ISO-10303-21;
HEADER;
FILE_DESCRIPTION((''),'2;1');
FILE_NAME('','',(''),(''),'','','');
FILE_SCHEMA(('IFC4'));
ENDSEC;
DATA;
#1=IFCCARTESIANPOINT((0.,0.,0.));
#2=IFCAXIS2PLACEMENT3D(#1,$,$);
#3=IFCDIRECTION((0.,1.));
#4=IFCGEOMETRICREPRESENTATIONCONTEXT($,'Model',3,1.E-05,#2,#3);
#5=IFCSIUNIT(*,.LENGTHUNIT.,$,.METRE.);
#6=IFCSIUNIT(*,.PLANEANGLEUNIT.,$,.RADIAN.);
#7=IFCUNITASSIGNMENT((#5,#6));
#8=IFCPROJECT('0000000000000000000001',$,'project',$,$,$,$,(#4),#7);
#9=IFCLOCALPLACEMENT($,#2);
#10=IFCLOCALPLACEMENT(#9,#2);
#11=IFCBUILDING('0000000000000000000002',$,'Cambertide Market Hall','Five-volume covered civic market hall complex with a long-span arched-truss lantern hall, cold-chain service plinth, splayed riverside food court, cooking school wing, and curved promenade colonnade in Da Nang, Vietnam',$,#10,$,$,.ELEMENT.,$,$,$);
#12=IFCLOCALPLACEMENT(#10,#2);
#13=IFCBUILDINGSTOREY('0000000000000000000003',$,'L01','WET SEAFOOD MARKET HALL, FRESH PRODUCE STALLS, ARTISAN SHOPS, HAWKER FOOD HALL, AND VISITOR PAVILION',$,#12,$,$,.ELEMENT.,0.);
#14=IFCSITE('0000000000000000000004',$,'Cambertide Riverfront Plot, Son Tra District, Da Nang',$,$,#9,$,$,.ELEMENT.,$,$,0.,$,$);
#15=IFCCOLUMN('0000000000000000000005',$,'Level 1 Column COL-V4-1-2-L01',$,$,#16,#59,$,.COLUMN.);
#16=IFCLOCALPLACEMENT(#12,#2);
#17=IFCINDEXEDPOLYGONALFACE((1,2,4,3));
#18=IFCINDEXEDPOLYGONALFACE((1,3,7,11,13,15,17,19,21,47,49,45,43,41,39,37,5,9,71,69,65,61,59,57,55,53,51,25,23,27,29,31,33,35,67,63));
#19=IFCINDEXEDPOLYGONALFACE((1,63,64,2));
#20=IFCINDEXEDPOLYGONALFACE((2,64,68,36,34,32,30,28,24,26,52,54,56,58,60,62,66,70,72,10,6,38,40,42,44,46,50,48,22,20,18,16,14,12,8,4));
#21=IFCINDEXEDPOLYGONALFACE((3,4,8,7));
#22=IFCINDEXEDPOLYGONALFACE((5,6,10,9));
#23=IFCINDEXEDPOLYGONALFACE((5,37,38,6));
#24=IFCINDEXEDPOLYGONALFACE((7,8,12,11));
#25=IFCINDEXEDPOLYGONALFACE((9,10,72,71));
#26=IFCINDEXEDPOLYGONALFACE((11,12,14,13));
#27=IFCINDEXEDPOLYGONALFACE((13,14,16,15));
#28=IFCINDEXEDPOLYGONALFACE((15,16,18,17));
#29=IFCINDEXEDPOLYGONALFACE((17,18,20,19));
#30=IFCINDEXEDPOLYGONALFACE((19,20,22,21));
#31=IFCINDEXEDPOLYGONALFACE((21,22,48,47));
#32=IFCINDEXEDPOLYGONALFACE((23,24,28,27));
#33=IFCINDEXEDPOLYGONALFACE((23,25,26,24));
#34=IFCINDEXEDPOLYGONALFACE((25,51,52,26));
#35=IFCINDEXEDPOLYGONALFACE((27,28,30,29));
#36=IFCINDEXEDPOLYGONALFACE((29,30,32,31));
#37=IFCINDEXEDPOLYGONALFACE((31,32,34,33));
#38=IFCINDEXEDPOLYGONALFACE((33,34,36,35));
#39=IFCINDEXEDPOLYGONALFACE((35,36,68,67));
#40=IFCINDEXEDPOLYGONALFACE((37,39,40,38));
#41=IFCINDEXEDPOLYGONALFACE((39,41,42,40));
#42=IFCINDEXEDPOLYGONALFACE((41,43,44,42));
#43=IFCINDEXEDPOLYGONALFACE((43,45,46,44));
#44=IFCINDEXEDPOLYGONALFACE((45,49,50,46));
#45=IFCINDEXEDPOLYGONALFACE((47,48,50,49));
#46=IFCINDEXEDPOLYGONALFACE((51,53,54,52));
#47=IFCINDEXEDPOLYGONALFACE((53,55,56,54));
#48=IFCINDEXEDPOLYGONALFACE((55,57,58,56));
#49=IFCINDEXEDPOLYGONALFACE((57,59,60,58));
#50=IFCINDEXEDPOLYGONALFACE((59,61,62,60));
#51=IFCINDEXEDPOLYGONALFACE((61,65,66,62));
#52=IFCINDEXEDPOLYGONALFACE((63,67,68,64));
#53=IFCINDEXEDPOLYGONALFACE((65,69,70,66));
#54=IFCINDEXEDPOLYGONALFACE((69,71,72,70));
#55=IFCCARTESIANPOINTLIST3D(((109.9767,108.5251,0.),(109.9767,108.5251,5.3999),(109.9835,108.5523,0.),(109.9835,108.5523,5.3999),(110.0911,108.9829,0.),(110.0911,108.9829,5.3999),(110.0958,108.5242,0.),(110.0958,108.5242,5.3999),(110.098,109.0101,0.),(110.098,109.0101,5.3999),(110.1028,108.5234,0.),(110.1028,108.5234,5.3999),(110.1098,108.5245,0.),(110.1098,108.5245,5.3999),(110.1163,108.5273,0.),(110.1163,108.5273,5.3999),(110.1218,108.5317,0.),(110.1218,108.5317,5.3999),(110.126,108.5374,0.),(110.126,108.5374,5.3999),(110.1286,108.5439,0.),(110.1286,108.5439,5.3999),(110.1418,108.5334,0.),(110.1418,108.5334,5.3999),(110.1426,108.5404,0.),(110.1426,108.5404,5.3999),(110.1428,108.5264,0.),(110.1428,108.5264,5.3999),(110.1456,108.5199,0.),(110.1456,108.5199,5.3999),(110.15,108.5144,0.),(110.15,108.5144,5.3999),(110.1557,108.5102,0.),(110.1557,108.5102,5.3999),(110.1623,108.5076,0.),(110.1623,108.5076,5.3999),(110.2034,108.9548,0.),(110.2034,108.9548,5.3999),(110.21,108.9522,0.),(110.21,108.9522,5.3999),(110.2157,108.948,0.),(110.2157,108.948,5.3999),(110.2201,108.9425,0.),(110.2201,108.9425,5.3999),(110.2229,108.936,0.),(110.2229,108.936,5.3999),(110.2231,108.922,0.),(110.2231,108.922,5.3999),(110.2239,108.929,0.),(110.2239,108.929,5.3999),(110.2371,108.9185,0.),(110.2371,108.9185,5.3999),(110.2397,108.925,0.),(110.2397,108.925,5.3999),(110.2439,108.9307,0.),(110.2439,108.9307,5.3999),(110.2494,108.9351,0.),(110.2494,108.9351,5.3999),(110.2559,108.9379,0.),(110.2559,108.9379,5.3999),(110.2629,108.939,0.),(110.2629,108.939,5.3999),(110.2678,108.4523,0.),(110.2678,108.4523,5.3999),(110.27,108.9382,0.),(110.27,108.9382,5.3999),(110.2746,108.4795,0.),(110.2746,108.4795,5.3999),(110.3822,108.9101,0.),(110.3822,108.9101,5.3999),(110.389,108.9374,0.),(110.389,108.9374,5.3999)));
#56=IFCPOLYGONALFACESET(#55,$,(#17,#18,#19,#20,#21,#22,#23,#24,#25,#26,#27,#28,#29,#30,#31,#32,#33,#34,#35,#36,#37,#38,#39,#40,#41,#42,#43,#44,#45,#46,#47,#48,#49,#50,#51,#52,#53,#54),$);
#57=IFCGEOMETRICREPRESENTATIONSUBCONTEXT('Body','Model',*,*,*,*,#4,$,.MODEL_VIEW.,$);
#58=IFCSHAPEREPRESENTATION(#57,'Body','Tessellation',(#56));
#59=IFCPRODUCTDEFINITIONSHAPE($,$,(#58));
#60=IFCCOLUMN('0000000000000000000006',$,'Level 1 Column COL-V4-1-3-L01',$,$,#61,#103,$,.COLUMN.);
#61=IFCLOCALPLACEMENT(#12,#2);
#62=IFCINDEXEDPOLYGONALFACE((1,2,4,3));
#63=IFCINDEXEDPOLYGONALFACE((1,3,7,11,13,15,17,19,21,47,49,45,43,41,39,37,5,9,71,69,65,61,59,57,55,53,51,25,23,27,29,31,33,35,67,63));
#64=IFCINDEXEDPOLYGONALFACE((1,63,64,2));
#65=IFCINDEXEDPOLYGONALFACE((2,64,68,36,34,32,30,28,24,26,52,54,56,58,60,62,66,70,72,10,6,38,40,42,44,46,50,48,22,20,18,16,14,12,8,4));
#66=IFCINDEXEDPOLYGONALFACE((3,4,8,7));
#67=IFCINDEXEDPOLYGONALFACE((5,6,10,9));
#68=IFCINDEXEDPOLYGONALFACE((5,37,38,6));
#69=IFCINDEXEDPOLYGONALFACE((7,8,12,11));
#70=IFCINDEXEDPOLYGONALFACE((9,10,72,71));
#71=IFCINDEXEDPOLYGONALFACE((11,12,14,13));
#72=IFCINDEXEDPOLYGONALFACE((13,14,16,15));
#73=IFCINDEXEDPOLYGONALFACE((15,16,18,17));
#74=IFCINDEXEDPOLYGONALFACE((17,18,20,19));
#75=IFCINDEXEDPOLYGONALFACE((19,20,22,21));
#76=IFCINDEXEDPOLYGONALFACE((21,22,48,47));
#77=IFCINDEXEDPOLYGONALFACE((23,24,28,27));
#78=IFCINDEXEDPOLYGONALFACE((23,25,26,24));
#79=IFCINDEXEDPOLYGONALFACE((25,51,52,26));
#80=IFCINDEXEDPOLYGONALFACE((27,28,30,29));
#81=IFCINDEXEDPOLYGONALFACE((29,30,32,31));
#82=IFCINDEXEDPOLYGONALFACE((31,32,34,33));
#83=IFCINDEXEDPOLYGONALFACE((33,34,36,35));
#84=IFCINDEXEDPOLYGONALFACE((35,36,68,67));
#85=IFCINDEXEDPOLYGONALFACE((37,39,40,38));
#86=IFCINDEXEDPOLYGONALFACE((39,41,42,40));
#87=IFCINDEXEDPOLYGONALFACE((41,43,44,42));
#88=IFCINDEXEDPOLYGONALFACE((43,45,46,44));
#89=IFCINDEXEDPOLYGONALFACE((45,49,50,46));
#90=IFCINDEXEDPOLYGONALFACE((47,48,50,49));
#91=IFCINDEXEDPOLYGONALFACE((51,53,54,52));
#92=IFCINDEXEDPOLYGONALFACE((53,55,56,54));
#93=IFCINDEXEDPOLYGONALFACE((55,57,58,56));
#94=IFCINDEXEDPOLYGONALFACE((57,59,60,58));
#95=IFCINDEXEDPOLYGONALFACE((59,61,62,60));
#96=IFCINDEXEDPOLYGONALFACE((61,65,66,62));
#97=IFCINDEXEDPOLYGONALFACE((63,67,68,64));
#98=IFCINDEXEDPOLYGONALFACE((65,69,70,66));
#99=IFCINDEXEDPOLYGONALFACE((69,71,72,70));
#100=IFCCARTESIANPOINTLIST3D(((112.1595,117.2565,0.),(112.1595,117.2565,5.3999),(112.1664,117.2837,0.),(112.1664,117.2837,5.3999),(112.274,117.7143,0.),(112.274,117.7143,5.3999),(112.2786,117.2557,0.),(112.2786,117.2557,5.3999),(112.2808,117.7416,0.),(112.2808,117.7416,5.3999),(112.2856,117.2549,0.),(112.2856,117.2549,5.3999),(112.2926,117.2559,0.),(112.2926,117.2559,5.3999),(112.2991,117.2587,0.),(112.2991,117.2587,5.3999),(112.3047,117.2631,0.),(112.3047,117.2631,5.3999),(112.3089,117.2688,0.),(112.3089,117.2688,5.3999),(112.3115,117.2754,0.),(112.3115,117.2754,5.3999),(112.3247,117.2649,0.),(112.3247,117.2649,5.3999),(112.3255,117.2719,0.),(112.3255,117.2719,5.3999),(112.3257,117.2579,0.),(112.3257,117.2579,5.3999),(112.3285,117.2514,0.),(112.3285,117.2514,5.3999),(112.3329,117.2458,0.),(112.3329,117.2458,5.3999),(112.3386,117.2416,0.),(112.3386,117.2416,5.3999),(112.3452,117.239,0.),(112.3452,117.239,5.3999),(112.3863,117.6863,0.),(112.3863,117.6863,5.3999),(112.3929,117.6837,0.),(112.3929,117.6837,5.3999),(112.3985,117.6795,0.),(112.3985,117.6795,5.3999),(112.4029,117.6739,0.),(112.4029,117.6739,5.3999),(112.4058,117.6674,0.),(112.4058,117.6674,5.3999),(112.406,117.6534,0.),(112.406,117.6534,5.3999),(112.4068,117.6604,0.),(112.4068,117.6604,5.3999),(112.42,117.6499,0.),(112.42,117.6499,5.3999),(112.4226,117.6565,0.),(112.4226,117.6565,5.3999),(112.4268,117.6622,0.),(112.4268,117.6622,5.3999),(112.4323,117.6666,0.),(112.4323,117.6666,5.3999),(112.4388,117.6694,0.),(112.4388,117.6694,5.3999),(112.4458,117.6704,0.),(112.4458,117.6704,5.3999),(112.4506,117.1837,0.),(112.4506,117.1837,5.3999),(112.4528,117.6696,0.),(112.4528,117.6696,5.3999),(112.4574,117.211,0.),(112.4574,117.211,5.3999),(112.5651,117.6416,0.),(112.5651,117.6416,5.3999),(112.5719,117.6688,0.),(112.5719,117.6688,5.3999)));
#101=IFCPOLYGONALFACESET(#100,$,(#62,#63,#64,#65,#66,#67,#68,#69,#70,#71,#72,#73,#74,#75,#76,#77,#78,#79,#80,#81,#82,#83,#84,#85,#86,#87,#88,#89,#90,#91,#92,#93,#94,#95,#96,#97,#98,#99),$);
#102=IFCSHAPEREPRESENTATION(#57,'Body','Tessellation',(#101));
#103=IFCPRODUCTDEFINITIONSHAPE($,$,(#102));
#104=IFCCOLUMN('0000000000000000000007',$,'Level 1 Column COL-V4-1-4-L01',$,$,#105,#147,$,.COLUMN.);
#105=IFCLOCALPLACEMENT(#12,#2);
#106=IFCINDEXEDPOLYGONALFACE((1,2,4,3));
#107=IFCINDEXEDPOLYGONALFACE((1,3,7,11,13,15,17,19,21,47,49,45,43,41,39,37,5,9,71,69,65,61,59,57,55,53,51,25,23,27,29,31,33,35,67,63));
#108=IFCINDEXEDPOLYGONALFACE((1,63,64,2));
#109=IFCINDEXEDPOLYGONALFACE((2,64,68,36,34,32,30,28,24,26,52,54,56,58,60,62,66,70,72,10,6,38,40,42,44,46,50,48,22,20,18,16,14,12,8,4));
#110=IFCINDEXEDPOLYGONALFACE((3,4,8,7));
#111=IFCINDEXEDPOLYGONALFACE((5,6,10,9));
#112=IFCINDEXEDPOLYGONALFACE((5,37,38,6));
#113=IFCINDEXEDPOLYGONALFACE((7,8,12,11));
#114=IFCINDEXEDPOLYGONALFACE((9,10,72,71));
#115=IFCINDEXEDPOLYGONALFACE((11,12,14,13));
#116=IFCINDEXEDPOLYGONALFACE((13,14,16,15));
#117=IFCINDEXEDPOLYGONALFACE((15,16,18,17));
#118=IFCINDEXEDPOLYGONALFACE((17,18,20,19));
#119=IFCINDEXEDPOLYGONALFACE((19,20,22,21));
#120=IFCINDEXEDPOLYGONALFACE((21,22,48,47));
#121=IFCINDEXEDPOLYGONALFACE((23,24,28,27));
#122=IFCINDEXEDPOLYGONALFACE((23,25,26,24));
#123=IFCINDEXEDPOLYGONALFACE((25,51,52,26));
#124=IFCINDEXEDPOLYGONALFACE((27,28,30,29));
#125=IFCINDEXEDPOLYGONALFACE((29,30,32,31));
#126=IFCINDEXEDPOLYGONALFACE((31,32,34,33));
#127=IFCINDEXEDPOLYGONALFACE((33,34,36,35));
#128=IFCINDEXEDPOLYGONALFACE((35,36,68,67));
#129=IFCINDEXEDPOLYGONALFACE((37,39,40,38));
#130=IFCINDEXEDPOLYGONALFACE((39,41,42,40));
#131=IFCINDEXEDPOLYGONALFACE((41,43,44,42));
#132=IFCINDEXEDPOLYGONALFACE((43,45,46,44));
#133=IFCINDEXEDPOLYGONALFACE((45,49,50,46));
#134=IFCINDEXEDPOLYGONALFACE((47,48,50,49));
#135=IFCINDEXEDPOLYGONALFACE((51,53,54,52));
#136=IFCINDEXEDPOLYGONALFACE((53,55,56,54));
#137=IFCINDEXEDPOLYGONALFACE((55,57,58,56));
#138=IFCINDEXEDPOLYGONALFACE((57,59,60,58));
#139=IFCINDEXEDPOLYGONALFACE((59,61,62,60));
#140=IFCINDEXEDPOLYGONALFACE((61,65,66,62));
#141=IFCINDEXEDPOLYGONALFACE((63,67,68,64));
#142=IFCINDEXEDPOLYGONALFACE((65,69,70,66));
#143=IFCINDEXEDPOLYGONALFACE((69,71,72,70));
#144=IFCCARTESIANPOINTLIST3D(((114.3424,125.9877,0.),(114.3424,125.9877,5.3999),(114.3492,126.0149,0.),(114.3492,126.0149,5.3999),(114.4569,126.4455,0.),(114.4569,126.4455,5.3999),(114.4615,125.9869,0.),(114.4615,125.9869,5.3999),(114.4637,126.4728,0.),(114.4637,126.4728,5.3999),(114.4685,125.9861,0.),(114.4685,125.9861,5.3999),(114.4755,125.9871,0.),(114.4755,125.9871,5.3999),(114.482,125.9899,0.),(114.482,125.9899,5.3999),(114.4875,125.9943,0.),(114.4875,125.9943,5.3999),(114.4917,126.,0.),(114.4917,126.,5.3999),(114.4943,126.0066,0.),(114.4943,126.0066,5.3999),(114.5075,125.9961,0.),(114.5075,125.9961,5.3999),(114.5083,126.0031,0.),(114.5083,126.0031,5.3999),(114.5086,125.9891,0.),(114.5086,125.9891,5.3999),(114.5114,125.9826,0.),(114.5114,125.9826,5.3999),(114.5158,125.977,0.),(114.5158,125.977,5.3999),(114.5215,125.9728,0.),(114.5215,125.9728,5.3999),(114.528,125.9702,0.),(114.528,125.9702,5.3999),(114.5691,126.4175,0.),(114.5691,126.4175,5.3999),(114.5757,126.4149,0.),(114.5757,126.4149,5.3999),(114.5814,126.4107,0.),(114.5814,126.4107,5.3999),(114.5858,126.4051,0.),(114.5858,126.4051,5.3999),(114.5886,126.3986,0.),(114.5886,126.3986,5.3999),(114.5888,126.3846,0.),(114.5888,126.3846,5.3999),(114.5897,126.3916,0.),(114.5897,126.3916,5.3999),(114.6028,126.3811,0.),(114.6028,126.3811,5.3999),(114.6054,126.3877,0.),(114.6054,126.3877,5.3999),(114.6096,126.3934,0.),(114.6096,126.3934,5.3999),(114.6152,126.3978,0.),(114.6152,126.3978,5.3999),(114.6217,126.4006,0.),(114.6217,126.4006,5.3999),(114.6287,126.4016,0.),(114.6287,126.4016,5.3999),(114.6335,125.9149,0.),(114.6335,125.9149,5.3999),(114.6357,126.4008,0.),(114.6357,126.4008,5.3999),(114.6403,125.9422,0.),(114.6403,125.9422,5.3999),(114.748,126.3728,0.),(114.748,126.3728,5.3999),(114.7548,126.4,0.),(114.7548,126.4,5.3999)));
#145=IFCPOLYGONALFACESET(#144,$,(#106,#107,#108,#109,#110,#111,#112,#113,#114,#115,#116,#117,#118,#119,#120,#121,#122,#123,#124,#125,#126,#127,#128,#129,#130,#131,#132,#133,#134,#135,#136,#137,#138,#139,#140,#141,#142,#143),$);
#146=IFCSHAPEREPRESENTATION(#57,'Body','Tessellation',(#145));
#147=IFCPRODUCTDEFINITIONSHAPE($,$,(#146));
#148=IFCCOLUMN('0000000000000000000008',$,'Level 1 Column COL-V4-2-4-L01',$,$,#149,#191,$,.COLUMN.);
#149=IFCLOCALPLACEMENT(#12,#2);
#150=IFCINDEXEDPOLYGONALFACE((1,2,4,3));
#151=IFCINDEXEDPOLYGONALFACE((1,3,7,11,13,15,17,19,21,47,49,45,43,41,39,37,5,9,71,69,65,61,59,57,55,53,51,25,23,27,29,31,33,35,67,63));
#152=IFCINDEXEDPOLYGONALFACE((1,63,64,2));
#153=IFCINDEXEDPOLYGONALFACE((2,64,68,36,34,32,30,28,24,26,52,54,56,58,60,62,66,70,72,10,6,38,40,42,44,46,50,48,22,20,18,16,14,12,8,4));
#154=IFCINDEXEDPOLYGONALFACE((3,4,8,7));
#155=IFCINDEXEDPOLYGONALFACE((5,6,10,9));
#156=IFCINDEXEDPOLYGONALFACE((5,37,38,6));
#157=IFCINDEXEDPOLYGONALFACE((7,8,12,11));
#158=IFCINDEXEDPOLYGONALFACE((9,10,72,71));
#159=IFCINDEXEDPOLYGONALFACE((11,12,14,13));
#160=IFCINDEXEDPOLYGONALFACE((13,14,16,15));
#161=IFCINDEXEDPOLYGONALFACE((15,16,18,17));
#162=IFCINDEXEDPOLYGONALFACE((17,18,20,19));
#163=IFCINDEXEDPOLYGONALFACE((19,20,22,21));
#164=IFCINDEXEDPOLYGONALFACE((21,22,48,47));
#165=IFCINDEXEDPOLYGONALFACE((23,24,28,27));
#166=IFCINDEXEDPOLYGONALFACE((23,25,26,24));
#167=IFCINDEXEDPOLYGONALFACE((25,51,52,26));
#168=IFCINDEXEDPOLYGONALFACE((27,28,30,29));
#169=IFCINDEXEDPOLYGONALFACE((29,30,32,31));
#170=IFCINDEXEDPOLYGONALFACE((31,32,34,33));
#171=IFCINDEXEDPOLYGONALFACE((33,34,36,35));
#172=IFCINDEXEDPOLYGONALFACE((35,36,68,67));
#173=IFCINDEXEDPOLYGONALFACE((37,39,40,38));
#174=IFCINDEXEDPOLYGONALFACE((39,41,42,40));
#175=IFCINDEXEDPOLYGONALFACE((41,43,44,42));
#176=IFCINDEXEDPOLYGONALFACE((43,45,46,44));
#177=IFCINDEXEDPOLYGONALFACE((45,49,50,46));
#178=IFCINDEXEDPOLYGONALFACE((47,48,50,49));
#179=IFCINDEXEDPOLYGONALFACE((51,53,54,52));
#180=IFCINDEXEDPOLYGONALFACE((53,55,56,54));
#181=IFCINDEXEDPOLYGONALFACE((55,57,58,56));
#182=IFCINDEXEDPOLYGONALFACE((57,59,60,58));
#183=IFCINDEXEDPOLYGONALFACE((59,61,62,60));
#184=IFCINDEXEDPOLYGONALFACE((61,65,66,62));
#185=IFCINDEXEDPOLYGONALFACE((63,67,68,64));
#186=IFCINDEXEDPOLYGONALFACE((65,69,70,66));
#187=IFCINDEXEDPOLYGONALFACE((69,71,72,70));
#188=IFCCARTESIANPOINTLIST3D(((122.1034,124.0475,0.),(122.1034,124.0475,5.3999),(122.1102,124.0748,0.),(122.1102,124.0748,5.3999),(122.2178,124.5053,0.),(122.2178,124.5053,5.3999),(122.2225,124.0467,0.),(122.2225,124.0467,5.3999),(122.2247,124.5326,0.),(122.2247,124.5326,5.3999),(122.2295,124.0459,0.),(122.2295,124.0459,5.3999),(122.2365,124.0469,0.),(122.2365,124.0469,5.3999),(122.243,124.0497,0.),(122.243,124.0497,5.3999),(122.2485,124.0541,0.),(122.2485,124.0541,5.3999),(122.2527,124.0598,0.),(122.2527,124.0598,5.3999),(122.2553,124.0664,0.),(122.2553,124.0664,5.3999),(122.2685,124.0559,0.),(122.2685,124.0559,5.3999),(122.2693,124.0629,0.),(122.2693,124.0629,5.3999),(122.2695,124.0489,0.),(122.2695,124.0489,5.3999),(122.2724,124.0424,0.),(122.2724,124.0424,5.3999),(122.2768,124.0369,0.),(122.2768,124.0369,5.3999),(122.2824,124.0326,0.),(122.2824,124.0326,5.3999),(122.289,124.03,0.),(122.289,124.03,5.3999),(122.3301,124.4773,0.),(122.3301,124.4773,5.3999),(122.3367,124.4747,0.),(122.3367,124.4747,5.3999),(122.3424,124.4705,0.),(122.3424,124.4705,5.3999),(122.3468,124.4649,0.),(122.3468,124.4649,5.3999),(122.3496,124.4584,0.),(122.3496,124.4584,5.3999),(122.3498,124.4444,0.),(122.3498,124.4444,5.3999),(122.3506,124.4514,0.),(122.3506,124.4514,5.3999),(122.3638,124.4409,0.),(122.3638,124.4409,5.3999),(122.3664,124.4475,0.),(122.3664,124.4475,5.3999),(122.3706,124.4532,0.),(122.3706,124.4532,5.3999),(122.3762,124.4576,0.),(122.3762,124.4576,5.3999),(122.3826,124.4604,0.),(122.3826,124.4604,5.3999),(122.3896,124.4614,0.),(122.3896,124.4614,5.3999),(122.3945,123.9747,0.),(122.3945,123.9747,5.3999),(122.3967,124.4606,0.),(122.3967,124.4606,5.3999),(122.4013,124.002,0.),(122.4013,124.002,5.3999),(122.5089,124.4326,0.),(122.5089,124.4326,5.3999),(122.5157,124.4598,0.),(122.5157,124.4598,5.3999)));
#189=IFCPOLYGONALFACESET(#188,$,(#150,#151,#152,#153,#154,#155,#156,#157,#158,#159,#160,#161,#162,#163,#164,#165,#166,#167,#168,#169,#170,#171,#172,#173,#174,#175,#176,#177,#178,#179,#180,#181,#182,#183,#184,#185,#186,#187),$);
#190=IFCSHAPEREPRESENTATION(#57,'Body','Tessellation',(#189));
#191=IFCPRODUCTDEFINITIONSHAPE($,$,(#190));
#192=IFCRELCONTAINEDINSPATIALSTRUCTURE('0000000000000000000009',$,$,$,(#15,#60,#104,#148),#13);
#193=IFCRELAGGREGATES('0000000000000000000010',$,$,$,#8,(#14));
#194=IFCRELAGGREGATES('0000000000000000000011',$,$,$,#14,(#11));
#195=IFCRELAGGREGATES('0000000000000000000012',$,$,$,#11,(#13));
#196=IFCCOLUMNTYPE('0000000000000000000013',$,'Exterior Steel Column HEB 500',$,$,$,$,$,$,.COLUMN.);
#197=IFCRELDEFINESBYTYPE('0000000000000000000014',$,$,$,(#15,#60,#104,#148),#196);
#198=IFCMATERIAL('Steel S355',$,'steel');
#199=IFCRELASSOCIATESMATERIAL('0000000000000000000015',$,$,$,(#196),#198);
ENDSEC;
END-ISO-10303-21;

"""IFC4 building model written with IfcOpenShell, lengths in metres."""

from ifc_helpers import new_model, si_unit, direction, frame, origin, origin_2d, place, context, subcontext, project, spatial, i_section, extrude, material, material_profile, profile_set, type_object, element, save


model = new_model("IFC4")

# Units and contexts
model_context = context("Model", 3, precision=1e-05, world=origin(), true_north=direction((0.0, 1.0)))
body_context = subcontext(model_context, "Body", "Model", "MODEL_VIEW")
ifc_project = project(units=[si_unit("LENGTHUNIT", "METRE"), si_unit("PLANEANGLEUNIT", "RADIAN")], contexts=[model_context])

# Site, building, storey
site_placement = place(None, origin())
site = spatial("IfcSite", under=ifc_project, at=site_placement, Name="Cambertide Riverfront Plot, Son Tra District, Da Nang", CompositionType="ELEMENT", RefElevation=0.0)
building_placement = place(site_placement, origin())
building = spatial("IfcBuilding", under=site, at=building_placement, Name="Cambertide Market Hall", Description="Five-volume covered civic market hall complex with a long-span arched-truss lantern hall, cold-chain service plinth, splayed riverside food court, cooking school wing, and curved promenade colonnade in Da Nang, Vietnam", CompositionType="ELEMENT")
storey_placement = place(building_placement, origin())
storey = spatial("IfcBuildingStorey", under=building, at=storey_placement, Name="L01", Description="WET SEAFOOD MARKET HALL, FRESH PRODUCE STALLS, ARTISAN SHOPS, HAWKER FOOD HALL, AND VISITOR PAVILION", CompositionType="ELEMENT", Elevation=0.0)

# Columns
ifc_material_1 = material(Name="Steel S355", Category="steel")
ifc_material_profile_1 = material_profile(ifc_material_1, i_section(OverallWidth=0.3, OverallDepth=0.5, WebThickness=0.0144, FlangeThickness=0.0281, FilletRadius=0.0271, at=origin_2d()), Name="HEB 500")
ifc_profile_set_1 = profile_set([ifc_material_profile_1], Name="Steel S355")
column_type_1 = type_object("IfcColumnType", Name="Exterior Steel Column HEB 500", PredefinedType="COLUMN", material=ifc_profile_set_1)
for number, where, z_axis, x_axis, name in (
    (1, (110.1829, 108.7312, 0.0), (0.0, 0.0, 1.0), (0.970143, -0.242536, 0.0), "Level 1 Column COL-V4-1-2-L01"),
    (2, (112.3657, 117.4626, 0.0), (0.0, 0.0, 1.0), (0.970143, -0.242536, 0.0), "Level 1 Column COL-V4-1-3-L01"),
    (3, (114.5486, 126.1938, 0.0), (0.0, 0.0, 1.0), (0.970143, -0.242536, 0.0), "Level 1 Column COL-V4-1-4-L01"),
    (4, (122.3096, 124.2537, 0.0), (0.0, 0.0, 1.0), (0.970143, -0.242536, 0.0), "Level 1 Column COL-V4-2-4-L01"),
):
    element("IfcColumn", number, at=place(storey_placement, frame(where, z_axis=z_axis, x_axis=x_axis)), inside=storey, type_object=column_type_1, Name=name, PredefinedType="COLUMN", context=body_context, shape_type="SweptSolid", body=[
        extrude(i_section(OverallWidth=0.3, OverallDepth=0.5, WebThickness=0.0144, FlangeThickness=0.0281, FilletRadius=0.0271, at=origin_2d()), origin(), (0.0, 0.0, 1.0), 5.3999),
    ])

save(model, "model.ifc")
